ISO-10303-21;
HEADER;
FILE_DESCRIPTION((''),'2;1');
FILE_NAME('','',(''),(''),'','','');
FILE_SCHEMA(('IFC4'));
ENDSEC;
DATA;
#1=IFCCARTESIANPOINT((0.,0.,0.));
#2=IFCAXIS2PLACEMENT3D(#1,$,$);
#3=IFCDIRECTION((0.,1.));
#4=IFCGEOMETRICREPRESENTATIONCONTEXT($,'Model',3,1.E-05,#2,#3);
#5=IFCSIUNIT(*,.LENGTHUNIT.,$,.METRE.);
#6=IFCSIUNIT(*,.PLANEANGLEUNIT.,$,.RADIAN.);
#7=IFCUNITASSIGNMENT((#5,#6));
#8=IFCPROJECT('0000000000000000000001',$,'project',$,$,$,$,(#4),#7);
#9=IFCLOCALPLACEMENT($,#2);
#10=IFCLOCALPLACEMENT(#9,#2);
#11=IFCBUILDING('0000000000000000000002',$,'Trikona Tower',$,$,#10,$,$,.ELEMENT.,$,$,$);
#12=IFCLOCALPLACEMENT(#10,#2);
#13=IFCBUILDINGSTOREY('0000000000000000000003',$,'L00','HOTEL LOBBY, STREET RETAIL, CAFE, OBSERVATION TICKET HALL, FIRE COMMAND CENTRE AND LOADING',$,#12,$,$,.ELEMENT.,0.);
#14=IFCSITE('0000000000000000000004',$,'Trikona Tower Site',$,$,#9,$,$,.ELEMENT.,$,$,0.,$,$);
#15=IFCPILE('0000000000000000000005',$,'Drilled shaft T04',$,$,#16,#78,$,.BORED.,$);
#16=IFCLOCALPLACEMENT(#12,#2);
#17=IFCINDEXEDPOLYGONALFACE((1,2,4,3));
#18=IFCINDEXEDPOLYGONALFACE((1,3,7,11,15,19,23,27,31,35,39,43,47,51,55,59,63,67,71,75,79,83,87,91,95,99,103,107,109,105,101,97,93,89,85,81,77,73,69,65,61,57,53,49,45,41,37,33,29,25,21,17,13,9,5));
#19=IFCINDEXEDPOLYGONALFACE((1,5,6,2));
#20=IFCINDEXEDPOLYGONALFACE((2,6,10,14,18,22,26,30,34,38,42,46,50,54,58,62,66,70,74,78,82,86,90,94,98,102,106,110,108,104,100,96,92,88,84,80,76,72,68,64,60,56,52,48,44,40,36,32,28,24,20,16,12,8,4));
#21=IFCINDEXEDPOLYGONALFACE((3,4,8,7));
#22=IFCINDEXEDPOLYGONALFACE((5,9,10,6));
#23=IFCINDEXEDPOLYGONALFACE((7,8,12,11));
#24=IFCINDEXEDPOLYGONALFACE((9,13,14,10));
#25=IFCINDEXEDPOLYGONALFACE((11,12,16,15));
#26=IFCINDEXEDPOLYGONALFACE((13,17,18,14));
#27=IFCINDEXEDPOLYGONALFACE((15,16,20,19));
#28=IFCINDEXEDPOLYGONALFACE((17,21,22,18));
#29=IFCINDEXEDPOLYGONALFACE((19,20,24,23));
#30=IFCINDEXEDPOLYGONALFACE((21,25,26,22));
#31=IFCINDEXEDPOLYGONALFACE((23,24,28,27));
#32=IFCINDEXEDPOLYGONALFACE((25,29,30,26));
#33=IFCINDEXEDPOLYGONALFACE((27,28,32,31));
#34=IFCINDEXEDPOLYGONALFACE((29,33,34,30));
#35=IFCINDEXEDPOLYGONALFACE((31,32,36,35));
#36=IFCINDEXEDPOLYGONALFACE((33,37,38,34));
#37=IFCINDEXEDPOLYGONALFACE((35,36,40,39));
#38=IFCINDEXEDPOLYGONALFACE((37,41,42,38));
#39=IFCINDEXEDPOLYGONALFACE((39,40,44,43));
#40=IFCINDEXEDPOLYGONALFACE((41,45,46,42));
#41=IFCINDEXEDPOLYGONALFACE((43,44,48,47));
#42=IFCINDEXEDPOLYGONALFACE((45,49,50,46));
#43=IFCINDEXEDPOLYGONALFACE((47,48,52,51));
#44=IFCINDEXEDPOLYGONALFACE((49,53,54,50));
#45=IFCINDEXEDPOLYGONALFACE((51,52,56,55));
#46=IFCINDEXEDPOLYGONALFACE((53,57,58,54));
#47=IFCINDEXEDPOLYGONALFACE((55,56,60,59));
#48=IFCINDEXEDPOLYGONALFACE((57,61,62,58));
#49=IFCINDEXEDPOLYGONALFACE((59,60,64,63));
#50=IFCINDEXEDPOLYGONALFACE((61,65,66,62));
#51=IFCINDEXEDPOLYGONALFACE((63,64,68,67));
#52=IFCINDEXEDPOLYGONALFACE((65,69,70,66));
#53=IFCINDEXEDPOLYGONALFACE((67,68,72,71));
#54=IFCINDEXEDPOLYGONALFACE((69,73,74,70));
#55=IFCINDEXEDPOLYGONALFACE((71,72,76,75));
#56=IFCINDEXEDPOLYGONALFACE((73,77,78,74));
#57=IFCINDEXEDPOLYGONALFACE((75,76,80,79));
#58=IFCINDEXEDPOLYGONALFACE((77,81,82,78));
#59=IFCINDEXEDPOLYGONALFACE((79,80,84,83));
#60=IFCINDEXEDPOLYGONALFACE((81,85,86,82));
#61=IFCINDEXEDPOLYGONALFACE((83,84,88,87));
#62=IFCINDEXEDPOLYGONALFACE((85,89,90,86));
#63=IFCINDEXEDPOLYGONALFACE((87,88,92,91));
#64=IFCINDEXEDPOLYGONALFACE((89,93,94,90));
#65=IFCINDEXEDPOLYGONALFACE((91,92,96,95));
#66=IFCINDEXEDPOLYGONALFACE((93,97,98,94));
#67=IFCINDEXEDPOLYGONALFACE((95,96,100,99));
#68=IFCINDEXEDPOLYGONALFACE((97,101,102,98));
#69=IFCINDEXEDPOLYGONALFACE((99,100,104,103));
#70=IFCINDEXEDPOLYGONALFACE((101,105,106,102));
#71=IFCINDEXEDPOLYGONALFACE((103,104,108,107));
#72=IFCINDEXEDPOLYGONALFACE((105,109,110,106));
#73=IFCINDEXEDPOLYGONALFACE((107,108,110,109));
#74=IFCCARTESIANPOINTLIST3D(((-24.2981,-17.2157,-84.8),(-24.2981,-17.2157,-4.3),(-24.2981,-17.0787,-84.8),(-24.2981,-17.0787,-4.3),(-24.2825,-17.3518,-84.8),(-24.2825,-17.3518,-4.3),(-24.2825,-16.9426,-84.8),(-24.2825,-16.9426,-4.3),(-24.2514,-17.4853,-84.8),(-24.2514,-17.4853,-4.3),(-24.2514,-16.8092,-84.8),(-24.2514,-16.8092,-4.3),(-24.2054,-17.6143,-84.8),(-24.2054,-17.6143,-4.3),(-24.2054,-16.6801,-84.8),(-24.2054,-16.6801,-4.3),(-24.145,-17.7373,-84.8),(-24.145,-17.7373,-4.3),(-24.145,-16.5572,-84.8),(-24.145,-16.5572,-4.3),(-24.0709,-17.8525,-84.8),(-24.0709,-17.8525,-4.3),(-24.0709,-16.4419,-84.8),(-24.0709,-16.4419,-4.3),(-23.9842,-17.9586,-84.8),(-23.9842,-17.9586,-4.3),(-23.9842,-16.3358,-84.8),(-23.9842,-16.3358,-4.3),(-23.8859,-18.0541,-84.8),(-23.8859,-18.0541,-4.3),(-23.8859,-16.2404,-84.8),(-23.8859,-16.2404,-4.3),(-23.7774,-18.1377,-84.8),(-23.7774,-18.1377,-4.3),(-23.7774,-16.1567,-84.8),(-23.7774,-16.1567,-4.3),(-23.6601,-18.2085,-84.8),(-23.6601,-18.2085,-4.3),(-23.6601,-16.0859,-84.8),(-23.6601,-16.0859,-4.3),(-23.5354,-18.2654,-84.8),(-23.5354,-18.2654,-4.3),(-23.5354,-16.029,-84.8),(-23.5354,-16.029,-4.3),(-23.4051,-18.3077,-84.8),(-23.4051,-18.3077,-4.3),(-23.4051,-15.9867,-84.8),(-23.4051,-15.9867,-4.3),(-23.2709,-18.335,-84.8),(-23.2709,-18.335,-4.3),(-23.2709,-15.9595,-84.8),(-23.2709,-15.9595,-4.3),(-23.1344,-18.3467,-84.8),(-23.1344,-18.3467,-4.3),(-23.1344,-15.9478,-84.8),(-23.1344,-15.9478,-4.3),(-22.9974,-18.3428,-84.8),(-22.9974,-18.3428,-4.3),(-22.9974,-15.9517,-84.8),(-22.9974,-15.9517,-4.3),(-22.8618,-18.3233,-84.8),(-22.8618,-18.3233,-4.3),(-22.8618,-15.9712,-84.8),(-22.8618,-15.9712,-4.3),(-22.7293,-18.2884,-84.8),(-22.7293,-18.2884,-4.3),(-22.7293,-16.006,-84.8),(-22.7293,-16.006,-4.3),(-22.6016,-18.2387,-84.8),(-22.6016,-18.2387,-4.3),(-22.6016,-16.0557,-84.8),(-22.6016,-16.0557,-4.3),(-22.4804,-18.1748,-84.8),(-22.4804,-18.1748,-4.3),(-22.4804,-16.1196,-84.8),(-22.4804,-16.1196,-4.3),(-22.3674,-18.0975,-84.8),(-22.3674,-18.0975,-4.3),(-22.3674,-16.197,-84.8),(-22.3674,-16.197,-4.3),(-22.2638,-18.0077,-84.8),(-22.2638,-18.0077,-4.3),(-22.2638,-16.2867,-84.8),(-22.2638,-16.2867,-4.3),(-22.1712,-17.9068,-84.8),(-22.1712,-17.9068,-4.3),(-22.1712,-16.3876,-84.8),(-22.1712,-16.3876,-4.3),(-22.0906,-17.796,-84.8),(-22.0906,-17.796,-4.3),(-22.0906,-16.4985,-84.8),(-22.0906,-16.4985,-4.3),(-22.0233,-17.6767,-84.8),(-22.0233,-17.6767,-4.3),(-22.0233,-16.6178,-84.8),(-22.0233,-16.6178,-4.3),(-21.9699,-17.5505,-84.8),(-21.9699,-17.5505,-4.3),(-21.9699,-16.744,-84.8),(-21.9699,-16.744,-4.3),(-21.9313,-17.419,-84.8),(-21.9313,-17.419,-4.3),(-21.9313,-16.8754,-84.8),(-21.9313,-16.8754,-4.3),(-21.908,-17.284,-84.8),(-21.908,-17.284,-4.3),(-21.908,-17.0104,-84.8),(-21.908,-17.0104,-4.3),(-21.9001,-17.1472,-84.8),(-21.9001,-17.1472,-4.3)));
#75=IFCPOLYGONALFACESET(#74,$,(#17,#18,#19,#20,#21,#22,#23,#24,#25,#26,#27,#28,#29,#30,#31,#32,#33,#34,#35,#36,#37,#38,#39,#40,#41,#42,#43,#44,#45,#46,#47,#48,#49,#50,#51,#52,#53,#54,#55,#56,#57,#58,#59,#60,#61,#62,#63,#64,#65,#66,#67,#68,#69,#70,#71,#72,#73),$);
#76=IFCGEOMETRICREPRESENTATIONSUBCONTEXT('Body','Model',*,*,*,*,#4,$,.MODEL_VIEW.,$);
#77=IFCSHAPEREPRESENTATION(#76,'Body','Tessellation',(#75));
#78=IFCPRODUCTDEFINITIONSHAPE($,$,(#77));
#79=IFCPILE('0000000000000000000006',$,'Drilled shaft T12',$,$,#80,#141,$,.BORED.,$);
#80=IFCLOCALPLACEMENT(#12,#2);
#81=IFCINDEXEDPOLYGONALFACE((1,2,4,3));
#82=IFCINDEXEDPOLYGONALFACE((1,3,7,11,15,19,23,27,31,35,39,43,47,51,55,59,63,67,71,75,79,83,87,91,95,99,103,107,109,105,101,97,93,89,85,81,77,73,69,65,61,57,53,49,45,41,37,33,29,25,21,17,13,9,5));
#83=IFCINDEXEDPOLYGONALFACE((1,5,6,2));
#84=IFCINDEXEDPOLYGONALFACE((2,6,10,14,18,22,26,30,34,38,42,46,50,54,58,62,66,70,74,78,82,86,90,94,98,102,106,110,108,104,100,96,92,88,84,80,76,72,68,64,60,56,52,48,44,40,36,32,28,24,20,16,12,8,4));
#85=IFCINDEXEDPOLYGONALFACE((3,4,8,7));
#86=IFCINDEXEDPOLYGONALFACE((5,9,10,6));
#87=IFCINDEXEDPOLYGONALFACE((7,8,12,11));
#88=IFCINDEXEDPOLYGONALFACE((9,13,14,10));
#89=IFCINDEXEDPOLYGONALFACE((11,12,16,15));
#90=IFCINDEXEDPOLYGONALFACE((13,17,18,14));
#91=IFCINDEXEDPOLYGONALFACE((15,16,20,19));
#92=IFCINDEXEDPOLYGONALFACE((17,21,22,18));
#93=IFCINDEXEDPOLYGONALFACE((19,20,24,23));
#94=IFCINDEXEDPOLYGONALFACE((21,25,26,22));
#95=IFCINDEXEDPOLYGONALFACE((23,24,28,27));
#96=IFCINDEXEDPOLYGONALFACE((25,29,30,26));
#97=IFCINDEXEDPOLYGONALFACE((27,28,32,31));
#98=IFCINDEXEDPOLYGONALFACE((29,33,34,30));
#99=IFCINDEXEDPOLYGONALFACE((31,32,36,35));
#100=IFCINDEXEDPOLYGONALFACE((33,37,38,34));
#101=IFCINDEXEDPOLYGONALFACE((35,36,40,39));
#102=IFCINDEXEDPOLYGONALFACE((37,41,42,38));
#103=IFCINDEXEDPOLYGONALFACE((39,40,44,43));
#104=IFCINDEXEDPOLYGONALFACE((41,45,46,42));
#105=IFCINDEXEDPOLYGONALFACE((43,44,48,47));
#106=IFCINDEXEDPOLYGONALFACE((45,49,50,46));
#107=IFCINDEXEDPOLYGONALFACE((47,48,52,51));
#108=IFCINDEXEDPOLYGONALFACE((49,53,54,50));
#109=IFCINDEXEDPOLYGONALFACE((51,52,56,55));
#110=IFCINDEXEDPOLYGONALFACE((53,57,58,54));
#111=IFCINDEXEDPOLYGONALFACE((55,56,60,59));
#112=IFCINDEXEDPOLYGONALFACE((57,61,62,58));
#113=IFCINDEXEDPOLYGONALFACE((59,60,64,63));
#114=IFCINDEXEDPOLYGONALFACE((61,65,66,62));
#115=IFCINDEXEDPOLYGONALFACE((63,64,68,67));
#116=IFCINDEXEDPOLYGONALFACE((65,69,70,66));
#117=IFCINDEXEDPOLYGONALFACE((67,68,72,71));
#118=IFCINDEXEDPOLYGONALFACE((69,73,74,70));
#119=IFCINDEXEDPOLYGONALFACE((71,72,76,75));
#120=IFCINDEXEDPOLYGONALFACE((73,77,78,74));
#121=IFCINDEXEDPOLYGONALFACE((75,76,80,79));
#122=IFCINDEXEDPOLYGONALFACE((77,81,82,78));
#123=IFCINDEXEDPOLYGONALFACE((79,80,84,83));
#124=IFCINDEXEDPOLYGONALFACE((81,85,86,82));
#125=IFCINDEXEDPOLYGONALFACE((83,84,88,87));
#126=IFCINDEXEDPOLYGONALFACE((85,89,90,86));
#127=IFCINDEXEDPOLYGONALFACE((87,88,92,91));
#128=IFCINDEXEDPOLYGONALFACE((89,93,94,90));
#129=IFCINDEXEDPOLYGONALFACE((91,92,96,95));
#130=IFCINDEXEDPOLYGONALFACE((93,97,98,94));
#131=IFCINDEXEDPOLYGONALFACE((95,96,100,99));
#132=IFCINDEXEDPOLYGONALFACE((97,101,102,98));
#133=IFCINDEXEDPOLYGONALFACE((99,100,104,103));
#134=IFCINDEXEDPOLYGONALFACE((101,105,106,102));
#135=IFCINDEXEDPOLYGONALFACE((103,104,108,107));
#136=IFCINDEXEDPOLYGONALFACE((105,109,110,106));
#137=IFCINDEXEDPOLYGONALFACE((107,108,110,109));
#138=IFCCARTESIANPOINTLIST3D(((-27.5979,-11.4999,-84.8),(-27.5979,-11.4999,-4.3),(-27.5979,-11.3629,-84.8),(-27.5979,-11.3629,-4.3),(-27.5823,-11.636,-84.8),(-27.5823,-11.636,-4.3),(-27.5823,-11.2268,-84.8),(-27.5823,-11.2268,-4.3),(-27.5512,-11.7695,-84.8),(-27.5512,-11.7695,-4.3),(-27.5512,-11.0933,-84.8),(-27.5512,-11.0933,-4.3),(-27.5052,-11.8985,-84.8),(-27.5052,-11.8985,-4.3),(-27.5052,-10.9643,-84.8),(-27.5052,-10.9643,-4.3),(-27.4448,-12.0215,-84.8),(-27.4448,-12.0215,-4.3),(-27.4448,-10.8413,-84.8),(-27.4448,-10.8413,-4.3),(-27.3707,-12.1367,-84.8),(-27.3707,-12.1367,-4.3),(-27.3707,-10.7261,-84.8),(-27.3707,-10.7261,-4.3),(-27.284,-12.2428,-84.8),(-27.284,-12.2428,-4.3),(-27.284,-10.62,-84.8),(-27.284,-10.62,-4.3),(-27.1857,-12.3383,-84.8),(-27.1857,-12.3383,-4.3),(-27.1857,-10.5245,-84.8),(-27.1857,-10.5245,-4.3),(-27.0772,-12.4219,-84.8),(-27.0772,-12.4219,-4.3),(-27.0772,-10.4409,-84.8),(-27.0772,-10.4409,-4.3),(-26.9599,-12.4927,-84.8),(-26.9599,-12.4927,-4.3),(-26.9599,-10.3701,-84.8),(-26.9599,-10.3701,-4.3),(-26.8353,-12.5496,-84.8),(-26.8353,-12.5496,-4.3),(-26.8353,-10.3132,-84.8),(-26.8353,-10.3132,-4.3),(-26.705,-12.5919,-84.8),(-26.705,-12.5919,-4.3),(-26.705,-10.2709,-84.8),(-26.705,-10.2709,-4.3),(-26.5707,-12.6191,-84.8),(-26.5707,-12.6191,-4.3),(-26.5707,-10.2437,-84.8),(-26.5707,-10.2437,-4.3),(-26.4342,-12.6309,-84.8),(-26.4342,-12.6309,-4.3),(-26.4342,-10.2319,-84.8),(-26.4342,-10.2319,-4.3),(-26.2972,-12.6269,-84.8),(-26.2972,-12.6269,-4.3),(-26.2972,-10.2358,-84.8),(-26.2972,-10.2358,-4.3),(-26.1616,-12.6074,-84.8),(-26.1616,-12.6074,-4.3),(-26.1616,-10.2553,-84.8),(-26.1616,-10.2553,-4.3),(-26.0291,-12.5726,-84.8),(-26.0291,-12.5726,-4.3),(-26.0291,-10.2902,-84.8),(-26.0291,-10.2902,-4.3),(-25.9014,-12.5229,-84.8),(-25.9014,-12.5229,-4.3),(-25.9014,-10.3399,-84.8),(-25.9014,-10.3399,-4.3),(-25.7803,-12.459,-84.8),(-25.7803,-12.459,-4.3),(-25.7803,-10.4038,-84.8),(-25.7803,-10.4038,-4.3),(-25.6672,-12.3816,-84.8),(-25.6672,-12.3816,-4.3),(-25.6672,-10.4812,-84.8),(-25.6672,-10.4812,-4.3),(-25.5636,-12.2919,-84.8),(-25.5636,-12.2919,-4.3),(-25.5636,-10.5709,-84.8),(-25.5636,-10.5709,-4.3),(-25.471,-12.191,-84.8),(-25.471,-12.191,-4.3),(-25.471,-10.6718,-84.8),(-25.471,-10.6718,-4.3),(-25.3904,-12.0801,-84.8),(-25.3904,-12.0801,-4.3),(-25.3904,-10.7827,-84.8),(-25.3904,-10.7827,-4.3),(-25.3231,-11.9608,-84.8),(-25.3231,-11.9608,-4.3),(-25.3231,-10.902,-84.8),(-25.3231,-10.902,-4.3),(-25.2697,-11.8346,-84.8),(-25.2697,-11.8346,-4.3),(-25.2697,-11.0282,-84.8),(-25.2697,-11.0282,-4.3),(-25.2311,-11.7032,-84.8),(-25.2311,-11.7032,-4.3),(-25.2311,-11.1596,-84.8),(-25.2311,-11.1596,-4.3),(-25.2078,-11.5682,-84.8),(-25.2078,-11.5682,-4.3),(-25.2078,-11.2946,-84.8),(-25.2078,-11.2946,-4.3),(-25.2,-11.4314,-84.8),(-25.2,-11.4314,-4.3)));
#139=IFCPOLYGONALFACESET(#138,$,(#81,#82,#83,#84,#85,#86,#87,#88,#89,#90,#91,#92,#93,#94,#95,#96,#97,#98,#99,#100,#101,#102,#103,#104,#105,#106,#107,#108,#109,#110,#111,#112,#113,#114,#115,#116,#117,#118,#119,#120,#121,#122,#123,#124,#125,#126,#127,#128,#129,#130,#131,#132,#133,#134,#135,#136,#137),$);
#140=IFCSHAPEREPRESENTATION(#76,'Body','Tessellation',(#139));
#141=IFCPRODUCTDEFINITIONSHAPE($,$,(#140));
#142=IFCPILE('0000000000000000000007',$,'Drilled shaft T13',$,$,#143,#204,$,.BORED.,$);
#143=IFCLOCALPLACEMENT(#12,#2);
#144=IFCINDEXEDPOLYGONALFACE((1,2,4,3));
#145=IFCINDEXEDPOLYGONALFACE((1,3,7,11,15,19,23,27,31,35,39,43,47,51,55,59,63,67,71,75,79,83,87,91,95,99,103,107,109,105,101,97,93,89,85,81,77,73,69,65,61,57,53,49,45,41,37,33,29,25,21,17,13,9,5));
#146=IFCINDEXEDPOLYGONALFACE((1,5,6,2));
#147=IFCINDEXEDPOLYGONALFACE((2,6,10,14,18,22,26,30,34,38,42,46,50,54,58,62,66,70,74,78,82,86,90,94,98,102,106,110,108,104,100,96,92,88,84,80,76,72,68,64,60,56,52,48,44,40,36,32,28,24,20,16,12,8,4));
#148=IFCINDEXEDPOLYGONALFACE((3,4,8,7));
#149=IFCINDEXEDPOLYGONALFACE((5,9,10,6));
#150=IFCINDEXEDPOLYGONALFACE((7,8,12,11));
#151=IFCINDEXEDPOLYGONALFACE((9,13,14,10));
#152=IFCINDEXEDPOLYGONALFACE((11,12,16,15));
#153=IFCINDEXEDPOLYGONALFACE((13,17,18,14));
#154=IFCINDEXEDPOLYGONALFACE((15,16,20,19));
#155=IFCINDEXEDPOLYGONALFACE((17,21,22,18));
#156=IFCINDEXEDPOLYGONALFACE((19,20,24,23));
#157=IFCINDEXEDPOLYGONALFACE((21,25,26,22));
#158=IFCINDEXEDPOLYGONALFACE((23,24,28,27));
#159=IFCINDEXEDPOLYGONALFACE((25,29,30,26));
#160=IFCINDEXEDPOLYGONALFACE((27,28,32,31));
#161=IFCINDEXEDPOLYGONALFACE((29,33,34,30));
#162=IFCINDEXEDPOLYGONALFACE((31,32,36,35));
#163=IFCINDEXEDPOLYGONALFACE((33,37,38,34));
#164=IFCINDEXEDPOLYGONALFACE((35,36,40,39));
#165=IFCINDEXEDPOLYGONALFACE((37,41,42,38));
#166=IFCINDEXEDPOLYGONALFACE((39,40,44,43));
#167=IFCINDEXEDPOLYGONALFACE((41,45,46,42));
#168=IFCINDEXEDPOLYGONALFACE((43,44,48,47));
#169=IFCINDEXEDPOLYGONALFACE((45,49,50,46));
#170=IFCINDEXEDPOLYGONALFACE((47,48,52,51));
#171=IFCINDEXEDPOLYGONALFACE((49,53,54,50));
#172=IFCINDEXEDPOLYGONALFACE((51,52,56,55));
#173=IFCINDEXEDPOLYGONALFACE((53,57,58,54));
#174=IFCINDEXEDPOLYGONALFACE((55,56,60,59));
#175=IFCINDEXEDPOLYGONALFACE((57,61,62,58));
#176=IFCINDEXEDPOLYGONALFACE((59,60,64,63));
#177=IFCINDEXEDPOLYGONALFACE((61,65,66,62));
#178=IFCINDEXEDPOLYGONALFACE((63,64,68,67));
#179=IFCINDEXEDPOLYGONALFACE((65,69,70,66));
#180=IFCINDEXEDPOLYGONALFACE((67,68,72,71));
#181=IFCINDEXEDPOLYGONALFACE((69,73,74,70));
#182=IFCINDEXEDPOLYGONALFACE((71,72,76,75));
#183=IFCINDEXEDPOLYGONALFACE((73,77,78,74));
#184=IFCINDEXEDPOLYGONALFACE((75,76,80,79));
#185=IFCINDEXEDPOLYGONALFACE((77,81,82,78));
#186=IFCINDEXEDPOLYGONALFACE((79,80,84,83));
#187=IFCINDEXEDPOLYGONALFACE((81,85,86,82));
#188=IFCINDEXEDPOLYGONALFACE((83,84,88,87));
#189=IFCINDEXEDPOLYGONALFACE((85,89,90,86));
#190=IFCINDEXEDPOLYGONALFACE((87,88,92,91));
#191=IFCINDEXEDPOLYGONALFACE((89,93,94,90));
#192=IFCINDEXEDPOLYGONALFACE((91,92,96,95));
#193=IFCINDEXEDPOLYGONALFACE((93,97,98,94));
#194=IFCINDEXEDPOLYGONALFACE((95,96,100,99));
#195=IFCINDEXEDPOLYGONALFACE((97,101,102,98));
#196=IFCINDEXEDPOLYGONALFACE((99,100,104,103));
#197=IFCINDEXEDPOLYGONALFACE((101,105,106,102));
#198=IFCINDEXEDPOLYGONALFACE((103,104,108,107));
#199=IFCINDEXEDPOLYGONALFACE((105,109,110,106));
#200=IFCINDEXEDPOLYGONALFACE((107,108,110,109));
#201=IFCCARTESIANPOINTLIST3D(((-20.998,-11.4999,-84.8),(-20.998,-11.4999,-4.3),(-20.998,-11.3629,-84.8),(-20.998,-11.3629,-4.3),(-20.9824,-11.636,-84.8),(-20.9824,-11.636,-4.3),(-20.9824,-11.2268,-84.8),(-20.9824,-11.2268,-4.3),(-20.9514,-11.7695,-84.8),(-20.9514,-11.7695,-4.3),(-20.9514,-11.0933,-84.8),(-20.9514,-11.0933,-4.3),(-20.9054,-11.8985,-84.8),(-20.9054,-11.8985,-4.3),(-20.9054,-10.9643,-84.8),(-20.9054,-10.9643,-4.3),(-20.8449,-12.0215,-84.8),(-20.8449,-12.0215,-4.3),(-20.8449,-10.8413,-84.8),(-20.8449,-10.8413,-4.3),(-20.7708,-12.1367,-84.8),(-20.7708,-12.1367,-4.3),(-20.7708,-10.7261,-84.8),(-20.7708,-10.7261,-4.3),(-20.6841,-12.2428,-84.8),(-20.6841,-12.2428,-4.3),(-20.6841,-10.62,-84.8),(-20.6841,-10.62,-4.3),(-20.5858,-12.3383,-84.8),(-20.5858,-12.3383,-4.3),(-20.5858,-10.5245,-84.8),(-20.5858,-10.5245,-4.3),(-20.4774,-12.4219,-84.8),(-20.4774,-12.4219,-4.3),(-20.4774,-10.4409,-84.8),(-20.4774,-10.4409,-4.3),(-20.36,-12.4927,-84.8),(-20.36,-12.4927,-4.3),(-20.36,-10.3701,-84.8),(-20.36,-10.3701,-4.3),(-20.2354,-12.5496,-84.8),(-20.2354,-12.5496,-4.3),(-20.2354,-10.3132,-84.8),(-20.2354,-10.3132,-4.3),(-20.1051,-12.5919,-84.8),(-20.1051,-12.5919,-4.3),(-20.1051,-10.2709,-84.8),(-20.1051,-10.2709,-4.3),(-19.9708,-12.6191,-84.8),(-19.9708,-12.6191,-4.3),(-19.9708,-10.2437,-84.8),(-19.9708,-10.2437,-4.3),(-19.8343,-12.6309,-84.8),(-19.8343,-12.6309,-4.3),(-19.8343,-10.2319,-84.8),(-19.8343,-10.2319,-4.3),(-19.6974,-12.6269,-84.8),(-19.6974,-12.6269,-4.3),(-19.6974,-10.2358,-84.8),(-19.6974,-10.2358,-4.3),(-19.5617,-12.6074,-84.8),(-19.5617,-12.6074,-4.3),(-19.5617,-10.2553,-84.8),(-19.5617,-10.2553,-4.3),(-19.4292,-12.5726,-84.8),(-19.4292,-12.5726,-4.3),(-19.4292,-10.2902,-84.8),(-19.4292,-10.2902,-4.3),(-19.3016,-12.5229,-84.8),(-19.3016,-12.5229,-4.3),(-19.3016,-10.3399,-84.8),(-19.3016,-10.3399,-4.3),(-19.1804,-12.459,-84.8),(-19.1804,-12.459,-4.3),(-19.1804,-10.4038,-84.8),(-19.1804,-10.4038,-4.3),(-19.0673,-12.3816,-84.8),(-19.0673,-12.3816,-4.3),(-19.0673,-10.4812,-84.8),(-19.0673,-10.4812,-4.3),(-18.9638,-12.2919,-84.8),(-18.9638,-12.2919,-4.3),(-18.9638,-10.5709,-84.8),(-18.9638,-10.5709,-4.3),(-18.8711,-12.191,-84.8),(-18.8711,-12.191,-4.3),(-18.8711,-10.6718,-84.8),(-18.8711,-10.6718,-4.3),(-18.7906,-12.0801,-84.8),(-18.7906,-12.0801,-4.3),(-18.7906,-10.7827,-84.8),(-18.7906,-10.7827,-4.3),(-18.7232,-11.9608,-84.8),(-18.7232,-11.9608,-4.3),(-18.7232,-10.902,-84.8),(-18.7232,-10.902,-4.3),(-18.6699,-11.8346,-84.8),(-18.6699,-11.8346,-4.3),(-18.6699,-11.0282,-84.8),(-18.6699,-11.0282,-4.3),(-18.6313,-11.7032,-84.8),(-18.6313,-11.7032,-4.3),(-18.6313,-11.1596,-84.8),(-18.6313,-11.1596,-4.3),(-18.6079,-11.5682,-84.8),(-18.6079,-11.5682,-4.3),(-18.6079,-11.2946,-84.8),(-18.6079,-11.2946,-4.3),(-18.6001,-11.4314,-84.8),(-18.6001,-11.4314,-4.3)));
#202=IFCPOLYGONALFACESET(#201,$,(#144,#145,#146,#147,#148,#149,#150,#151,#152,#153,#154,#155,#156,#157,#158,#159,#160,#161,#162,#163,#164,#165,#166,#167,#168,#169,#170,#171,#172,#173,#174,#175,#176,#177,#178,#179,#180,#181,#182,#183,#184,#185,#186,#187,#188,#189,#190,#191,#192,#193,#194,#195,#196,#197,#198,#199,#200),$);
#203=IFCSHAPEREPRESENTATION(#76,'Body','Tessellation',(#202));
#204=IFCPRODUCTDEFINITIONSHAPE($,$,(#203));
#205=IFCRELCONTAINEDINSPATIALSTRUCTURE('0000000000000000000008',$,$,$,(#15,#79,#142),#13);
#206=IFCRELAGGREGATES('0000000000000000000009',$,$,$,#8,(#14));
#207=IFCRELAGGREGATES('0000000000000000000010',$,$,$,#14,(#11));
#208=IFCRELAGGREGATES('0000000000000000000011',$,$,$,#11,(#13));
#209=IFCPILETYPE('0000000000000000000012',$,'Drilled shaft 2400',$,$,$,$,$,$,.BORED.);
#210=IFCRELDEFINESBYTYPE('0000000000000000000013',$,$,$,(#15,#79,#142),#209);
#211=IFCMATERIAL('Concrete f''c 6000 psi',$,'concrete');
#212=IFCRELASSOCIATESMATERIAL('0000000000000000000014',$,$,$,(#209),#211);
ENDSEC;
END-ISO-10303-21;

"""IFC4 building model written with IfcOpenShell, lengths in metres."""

from ifc_helpers import new_model, si_unit, direction, frame, origin, origin_2d, place, context, subcontext, project, spatial, circle, extrude, material, type_object, element, save


model = new_model("IFC4")

# Units and contexts
model_context = context("Model", 3, precision=1e-05, world=origin(), true_north=direction((0.0, 1.0)))
body_context = subcontext(model_context, "Body", "Model", "MODEL_VIEW")
ifc_project = project(units=[si_unit("LENGTHUNIT", "METRE"), si_unit("PLANEANGLEUNIT", "RADIAN")], contexts=[model_context])

# Site, building, storey
site_placement = place(None, origin())
site = spatial("IfcSite", under=ifc_project, at=site_placement, Name="Trikona Tower Site", CompositionType="ELEMENT", RefElevation=0.0)
building_placement = place(site_placement, origin())
building = spatial("IfcBuilding", under=site, at=building_placement, Name="Trikona Tower", CompositionType="ELEMENT")
storey_placement = place(building_placement, origin())
storey = spatial("IfcBuildingStorey", under=building, at=storey_placement, Name="L00", Description="HOTEL LOBBY, STREET RETAIL, CAFE, OBSERVATION TICKET HALL, FIRE COMMAND CENTRE AND LOADING", CompositionType="ELEMENT", Elevation=0.0)

# Piles
ifc_material_1 = material(Name="Concrete f'c 6000 psi", Category="concrete")
pile_type = type_object("IfcPileType", Name="Drilled shaft 2400", PredefinedType="BORED", material=ifc_material_1)
for number, where, z_axis, x_axis, name in (
    (1, (-23.1001, -17.1472, -4.3), (0.0, 0.0, -1.0), (1.0, 0.0, 0.0), "Drilled shaft T04"),
    (2, (-26.3999, -11.4314, -4.3), (0.0, 0.0, -1.0), (1.0, 0.0, 0.0), "Drilled shaft T12"),
    (3, (-19.8, -11.4314, -4.3), (0.0, 0.0, -1.0), (1.0, 0.0, 0.0), "Drilled shaft T13"),
):
    element("IfcPile", number, at=place(storey_placement, frame(where, z_axis=z_axis, x_axis=x_axis)), inside=storey, type_object=pile_type, Name=name, PredefinedType="BORED", context=body_context, shape_type="SweptSolid", body=[
        extrude(circle(Radius=1.2, at=origin_2d()), origin(), (0.0, 0.0, 1.0), 80.5),
    ])

save(model, "model.ifc")
